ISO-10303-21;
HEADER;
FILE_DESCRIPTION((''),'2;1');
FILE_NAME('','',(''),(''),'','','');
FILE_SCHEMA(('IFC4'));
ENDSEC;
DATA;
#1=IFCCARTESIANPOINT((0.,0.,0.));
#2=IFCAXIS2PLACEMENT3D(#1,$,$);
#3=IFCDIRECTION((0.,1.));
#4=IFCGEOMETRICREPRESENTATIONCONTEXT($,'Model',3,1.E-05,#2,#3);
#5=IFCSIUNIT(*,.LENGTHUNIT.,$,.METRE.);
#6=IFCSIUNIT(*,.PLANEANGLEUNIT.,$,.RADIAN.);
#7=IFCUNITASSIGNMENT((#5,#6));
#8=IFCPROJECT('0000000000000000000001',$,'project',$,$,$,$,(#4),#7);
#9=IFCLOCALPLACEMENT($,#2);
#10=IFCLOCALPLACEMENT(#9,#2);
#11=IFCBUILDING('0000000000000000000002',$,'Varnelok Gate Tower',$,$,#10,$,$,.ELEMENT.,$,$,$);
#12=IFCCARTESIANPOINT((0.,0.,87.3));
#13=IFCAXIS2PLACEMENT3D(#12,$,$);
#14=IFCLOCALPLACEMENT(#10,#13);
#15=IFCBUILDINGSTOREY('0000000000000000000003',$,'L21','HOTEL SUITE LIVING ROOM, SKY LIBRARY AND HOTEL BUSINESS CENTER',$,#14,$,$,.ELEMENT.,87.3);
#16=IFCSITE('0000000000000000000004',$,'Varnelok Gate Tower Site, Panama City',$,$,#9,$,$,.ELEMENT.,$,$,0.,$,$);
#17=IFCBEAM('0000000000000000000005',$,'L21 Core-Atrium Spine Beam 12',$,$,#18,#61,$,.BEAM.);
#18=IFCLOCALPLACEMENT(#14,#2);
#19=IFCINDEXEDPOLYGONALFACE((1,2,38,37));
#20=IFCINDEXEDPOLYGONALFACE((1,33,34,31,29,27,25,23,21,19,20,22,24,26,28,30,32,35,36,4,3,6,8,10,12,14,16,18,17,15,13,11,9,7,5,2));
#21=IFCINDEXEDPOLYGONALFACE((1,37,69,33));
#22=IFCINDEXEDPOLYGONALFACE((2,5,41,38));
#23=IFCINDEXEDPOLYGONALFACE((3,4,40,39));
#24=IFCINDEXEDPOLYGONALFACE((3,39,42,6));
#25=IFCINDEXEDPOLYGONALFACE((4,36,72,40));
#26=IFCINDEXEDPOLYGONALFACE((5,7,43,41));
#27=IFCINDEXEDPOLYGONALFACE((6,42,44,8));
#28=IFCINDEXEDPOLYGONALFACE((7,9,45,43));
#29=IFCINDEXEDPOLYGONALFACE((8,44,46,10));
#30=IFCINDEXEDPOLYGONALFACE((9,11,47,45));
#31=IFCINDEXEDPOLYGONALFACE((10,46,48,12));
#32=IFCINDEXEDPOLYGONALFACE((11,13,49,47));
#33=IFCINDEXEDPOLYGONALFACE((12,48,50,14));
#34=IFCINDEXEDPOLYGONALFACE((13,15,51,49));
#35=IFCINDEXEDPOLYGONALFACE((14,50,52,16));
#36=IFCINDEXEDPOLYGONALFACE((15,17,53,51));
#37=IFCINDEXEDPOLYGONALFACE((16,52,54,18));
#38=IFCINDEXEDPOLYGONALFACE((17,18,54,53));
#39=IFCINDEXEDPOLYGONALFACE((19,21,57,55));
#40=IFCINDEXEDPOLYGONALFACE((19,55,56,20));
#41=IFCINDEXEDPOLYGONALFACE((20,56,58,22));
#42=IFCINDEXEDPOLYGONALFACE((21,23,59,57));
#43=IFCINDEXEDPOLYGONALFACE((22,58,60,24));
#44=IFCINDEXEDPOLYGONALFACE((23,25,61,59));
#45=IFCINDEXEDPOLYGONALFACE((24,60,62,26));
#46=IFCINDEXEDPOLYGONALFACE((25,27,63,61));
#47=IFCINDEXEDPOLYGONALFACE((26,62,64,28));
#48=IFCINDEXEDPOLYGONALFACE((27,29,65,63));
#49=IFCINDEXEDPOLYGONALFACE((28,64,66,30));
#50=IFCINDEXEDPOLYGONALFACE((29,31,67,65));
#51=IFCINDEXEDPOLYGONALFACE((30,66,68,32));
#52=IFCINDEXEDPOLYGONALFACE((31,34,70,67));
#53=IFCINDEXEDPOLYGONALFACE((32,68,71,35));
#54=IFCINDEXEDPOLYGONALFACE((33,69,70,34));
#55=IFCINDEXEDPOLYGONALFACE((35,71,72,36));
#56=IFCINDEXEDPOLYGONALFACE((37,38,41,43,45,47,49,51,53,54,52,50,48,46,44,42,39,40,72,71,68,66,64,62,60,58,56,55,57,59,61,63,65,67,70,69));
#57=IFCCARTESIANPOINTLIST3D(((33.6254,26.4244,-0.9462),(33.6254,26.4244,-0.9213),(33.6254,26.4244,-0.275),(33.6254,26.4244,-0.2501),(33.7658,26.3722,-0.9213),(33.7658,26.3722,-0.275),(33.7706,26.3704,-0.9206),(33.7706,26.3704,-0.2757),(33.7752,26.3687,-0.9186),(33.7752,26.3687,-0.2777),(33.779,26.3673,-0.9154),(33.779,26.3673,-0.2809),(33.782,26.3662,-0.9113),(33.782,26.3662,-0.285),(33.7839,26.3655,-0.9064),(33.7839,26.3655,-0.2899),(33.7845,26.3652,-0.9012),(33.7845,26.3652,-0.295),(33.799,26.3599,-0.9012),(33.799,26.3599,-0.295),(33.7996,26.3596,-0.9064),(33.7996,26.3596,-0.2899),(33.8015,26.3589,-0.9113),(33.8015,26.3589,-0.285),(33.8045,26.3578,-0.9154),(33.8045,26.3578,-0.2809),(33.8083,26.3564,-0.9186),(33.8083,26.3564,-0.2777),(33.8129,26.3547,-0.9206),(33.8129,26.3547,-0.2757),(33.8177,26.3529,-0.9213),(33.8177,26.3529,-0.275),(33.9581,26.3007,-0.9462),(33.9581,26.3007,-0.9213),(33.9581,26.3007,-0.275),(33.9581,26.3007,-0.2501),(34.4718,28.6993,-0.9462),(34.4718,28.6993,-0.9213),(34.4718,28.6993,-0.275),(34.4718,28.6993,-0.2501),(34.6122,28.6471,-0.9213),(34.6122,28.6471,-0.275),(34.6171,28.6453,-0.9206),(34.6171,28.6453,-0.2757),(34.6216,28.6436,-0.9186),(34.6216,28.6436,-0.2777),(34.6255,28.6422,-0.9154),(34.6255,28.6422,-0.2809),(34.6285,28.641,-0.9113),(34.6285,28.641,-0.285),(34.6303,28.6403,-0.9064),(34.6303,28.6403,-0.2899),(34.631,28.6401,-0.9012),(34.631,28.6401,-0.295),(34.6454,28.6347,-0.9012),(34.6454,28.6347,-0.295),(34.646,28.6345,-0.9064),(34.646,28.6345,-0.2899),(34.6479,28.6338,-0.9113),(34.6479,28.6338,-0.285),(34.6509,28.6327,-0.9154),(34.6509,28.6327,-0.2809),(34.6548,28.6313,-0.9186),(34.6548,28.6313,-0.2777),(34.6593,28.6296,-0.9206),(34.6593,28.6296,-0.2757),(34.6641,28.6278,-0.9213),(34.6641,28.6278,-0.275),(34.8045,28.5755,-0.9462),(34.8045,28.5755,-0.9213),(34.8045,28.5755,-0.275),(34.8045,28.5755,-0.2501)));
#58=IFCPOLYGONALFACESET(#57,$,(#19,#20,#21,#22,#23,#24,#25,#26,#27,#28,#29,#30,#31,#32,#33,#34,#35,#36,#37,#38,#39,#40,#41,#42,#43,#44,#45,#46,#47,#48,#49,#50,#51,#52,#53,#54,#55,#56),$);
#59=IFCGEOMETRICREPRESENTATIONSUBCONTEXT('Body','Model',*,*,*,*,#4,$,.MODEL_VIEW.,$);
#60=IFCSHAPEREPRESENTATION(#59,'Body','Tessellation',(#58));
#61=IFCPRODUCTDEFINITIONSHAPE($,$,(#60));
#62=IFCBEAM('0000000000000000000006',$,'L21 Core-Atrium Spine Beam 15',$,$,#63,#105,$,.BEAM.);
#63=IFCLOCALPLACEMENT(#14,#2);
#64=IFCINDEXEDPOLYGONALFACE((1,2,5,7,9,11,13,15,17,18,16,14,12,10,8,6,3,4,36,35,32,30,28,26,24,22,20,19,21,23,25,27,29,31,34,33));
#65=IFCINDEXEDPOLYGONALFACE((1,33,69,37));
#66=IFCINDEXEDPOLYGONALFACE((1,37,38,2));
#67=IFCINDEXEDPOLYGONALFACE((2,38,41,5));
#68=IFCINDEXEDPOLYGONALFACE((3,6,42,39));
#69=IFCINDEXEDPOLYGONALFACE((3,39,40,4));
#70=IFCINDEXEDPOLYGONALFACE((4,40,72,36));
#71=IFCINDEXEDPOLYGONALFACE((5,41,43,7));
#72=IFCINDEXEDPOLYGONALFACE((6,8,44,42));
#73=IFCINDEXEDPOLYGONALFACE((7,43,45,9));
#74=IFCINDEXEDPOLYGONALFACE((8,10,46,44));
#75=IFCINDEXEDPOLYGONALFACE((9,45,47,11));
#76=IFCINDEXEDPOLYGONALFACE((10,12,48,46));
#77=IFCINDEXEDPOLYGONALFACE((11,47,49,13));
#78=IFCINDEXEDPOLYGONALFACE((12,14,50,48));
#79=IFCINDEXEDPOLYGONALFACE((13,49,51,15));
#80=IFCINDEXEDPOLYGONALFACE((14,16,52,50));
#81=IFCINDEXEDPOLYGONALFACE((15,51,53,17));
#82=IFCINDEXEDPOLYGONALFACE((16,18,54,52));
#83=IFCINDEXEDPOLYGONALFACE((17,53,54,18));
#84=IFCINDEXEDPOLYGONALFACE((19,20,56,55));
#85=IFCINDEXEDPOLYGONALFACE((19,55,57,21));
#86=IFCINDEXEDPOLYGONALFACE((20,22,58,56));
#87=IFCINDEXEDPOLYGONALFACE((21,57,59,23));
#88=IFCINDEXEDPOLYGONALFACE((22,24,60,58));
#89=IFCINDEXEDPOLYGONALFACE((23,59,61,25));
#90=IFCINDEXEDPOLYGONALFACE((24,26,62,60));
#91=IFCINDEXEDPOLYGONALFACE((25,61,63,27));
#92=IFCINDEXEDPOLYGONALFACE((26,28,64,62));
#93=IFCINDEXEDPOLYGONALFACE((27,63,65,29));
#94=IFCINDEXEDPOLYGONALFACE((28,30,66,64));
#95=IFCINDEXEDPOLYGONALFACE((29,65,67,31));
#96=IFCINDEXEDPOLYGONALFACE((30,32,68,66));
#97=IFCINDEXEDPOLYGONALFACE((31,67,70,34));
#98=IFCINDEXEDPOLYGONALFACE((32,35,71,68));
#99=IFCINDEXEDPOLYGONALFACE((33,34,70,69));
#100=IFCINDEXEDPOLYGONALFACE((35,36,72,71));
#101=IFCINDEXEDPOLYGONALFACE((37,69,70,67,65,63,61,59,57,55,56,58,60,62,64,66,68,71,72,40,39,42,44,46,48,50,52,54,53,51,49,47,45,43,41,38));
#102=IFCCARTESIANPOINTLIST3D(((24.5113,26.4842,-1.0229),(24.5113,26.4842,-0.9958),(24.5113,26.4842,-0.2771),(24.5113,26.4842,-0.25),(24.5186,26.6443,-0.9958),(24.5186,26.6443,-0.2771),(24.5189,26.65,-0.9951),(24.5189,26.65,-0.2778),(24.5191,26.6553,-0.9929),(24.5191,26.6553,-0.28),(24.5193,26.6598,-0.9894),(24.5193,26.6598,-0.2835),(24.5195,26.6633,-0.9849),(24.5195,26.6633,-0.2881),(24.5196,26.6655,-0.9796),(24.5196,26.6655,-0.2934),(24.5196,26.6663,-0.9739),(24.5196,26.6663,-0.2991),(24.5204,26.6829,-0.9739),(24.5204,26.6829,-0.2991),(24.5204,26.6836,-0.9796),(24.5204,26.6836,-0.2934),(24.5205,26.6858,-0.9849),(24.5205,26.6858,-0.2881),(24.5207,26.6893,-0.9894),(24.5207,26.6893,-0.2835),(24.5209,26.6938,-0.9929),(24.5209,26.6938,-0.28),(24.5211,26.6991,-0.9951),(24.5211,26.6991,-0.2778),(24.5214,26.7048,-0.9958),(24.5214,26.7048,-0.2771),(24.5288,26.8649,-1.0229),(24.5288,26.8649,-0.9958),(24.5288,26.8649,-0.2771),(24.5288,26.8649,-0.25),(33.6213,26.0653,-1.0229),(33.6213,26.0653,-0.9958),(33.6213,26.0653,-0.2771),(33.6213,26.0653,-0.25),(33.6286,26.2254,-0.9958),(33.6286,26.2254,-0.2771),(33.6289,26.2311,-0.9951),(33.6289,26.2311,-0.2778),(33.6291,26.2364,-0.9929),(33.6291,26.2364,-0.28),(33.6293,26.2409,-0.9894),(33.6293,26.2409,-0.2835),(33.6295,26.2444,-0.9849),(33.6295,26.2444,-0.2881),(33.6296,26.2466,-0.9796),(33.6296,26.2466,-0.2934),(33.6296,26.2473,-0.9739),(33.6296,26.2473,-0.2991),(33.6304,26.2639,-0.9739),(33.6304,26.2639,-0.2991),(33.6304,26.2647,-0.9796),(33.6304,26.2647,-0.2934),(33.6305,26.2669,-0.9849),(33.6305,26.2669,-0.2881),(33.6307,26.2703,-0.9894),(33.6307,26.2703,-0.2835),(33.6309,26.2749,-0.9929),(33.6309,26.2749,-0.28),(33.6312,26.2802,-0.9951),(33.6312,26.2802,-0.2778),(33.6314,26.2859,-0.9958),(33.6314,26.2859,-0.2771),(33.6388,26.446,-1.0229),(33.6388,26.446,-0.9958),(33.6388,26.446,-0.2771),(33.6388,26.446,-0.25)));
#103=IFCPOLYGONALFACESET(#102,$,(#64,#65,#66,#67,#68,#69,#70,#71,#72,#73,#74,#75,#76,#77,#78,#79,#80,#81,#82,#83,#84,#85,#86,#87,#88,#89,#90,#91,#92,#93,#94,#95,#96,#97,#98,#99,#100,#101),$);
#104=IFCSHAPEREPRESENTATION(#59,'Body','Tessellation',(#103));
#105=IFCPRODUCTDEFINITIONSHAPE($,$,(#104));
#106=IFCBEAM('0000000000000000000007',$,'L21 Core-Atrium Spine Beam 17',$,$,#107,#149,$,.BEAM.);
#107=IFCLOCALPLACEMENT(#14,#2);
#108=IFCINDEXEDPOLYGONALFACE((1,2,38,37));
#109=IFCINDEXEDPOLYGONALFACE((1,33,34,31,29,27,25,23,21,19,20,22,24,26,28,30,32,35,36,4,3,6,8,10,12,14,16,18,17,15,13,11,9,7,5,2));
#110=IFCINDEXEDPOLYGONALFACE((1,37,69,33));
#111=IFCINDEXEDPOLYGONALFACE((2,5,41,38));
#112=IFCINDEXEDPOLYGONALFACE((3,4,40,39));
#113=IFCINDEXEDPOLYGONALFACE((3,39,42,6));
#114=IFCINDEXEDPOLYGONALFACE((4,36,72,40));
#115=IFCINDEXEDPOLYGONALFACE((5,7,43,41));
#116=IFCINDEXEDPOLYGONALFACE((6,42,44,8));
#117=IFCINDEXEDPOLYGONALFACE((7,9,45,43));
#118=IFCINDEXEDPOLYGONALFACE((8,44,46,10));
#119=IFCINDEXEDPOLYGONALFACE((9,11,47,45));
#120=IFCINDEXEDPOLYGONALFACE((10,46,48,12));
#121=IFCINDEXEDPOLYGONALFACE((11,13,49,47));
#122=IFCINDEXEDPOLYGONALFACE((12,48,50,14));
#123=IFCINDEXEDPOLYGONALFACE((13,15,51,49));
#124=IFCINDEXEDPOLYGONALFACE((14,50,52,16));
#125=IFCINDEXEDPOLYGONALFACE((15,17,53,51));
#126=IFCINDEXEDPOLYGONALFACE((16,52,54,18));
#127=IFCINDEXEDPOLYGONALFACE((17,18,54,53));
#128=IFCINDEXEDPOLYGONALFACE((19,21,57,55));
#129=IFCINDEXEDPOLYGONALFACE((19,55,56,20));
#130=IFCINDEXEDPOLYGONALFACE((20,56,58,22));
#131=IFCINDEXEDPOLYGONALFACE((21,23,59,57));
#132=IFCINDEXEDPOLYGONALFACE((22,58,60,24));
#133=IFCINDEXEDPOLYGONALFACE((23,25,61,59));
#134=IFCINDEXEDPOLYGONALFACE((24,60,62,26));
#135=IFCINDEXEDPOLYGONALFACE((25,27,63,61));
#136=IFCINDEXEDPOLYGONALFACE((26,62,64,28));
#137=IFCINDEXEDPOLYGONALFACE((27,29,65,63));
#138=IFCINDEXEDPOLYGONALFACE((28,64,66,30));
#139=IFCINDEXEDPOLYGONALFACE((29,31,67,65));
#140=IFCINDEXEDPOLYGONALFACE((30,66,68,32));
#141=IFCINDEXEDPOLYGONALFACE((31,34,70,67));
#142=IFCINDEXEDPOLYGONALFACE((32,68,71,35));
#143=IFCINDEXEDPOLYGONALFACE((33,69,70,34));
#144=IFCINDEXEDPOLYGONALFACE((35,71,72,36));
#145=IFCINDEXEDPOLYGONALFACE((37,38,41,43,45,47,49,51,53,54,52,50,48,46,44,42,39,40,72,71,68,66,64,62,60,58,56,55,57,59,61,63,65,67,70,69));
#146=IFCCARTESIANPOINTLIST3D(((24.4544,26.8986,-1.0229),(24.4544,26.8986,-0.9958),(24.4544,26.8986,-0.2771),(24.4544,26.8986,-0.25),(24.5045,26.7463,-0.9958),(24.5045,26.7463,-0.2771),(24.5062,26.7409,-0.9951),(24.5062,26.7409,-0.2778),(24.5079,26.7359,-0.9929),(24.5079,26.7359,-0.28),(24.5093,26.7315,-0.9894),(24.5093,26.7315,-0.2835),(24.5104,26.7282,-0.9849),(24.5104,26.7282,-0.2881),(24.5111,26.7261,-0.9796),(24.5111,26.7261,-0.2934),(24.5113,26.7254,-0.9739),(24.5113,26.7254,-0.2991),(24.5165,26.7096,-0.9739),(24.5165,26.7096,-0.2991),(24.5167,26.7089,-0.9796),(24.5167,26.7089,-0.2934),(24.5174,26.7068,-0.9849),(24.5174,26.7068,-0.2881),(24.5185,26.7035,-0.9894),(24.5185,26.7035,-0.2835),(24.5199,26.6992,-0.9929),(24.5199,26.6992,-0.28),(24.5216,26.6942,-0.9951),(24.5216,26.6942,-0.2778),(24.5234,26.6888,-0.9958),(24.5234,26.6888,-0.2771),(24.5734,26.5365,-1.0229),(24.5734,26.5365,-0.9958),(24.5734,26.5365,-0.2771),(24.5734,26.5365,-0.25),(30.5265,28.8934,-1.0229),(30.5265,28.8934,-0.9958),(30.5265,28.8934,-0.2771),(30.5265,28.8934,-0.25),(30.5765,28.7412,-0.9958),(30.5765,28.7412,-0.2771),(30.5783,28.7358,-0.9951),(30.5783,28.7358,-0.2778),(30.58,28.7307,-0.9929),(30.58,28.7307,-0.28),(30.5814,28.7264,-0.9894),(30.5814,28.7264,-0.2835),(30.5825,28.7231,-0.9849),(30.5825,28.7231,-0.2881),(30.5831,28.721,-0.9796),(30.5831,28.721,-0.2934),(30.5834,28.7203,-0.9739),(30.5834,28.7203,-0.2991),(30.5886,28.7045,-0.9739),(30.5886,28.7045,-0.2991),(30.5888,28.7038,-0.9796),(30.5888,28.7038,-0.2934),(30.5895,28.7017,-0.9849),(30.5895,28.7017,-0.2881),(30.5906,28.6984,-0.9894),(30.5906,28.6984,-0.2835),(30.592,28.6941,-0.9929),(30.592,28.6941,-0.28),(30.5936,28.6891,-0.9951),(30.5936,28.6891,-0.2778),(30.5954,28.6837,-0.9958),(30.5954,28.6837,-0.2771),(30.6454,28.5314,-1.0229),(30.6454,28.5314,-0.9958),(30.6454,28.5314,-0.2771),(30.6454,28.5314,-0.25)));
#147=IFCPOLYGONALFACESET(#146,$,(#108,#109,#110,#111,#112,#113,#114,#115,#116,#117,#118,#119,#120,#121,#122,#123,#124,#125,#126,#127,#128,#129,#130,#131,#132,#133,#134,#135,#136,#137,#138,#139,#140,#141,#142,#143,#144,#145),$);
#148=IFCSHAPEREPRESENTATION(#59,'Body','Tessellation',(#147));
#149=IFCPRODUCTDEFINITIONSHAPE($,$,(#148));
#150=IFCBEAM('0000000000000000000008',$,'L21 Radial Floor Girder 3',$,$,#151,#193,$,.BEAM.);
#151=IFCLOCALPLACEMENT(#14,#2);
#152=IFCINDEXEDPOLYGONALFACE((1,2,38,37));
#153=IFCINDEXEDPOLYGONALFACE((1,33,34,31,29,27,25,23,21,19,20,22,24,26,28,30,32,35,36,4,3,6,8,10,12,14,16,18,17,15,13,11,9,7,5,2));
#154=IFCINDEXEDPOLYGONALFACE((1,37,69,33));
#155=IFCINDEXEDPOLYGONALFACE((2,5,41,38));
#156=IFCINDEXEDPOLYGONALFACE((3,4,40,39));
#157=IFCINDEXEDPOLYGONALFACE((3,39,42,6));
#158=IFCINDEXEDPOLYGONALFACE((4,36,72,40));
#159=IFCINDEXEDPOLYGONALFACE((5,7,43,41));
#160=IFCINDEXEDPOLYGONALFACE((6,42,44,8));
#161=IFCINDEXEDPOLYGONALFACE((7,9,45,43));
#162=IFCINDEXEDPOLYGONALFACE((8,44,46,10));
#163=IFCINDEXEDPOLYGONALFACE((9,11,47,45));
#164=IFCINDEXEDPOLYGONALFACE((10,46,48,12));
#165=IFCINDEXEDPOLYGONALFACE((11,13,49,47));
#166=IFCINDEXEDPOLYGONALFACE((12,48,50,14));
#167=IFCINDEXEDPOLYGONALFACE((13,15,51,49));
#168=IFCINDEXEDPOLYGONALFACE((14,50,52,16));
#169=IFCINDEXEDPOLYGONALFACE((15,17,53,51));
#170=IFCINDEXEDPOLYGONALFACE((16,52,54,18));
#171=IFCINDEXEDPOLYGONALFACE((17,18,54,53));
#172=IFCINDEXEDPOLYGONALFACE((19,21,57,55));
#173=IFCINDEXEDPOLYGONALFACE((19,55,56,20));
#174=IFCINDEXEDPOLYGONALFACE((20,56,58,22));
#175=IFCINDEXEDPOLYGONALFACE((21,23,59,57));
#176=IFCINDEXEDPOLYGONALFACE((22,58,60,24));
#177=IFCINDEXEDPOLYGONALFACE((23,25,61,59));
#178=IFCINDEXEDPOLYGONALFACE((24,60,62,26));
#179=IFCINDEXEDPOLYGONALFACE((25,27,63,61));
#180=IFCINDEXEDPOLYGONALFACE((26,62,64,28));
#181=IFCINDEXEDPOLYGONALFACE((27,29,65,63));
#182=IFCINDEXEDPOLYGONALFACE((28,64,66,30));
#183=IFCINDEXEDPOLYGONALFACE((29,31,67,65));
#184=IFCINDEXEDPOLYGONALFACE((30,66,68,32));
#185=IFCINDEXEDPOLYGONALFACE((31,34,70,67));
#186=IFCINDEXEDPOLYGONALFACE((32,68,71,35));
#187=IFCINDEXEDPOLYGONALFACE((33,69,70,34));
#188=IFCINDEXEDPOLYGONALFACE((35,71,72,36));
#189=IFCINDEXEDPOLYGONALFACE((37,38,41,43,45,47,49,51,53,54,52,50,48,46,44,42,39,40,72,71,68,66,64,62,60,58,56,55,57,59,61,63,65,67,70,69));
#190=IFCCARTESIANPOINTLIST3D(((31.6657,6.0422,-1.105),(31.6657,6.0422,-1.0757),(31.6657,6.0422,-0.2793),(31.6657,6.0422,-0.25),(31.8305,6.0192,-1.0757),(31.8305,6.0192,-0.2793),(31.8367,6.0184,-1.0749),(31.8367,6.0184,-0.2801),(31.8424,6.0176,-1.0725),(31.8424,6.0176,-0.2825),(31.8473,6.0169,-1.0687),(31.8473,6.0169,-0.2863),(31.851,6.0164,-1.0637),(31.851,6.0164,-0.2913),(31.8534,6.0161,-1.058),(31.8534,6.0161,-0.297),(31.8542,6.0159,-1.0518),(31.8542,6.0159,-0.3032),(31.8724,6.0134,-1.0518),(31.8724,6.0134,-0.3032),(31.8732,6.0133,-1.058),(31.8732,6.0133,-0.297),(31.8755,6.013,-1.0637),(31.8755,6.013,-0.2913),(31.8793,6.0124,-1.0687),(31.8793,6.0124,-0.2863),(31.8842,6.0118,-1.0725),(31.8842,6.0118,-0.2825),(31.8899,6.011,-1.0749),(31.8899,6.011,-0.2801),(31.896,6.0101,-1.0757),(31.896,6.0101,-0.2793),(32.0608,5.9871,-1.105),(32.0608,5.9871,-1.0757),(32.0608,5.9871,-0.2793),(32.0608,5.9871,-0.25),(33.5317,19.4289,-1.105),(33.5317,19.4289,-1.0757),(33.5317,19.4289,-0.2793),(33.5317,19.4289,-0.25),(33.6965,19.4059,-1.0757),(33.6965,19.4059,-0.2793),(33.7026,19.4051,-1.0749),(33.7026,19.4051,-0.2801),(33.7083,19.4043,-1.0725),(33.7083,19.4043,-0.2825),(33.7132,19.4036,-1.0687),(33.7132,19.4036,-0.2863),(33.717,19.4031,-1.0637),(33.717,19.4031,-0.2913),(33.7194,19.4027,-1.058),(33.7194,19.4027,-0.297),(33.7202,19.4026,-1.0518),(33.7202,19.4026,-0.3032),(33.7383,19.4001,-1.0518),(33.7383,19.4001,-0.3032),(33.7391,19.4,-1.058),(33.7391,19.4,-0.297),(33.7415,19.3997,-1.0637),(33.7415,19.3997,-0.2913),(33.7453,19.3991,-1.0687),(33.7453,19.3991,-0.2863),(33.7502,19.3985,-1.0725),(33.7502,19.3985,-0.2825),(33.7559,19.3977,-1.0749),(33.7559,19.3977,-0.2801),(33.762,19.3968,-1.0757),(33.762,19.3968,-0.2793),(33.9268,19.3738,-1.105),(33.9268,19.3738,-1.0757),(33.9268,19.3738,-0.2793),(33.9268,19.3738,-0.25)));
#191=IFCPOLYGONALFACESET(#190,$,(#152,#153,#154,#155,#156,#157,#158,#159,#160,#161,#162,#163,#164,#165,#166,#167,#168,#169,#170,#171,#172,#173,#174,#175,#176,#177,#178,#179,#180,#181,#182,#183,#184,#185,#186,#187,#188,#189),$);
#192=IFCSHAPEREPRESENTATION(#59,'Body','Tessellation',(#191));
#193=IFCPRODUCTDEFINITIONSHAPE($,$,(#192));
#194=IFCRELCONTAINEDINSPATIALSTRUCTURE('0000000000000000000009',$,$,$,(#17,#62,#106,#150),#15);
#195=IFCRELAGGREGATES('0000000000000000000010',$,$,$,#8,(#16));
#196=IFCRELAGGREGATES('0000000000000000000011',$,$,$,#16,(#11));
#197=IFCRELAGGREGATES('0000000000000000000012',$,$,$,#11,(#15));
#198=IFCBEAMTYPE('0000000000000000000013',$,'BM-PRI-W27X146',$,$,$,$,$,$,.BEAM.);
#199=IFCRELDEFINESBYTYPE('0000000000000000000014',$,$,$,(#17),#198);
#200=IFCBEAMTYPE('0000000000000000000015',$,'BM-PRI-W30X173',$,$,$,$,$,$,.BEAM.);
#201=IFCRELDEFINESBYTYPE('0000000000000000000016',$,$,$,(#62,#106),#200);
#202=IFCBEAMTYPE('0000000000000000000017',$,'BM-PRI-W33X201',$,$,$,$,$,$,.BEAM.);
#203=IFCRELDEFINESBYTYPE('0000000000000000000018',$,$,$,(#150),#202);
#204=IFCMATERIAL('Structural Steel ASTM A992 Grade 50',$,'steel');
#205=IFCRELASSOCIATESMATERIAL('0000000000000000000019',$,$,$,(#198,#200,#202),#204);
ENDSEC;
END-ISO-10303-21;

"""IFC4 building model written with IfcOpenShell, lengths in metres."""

from ifc_helpers import new_model, si_unit, direction, frame, origin, origin_2d, place, context, subcontext, project, spatial, i_section, extrude, material, material_profile, profile_set, type_object, element, save


model = new_model("IFC4")

# Units and contexts
model_context = context("Model", 3, precision=1e-05, world=origin(), true_north=direction((0.0, 1.0)))
body_context = subcontext(model_context, "Body", "Model", "MODEL_VIEW")
ifc_project = project(units=[si_unit("LENGTHUNIT", "METRE"), si_unit("PLANEANGLEUNIT", "RADIAN")], contexts=[model_context])

# Site, building, storey
site_placement = place(None, origin())
site = spatial("IfcSite", under=ifc_project, at=site_placement, Name="Varnelok Gate Tower Site, Panama City", CompositionType="ELEMENT", RefElevation=0.0)
building_placement = place(site_placement, origin())
building = spatial("IfcBuilding", under=site, at=building_placement, Name="Varnelok Gate Tower", CompositionType="ELEMENT")
storey_placement = place(building_placement, frame((0.0, 0.0, 87.3)))
storey = spatial("IfcBuildingStorey", under=building, at=storey_placement, Name="L21", Description="HOTEL SUITE LIVING ROOM, SKY LIBRARY AND HOTEL BUSINESS CENTER", CompositionType="ELEMENT", Elevation=87.3)

# Shared definitions
ifc_material_1 = material(Name="Structural Steel ASTM A992 Grade 50", Category="steel")

# Beams
ifc_material_profile_1 = material_profile(ifc_material_1, i_section(OverallWidth=0.355, OverallDepth=0.696, WebThickness=0.0154, FlangeThickness=0.0249, FilletRadius=0.02, at=origin_2d()), Name="W27X146")
ifc_profile_set_1 = profile_set([ifc_material_profile_1], Name="Structural Steel ASTM A992 Grade 50")
beam_type_1 = type_object("IfcBeamType", Name="BM-PRI-W27X146", PredefinedType="BEAM", material=ifc_profile_set_1)
beam_1_placement = place(storey_placement, frame((33.7917, 26.3625, -0.5981), z_axis=(0.348719, 0.937227, 0.0), x_axis=(-0.937227, 0.348719, 0.0)))
element("IfcBeam", 1, at=beam_1_placement, inside=storey, type_object=beam_type_1, Name="L21 Core-Atrium Spine Beam 12", PredefinedType="BEAM", context=body_context, shape_type="SweptSolid", body=[
    extrude(i_section(OverallWidth=0.355, OverallDepth=0.696, WebThickness=0.0154, FlangeThickness=0.0249, FilletRadius=0.02, at=origin_2d()), origin(), (0.0, 0.0, 1.0), 2.4272),
])
ifc_material_profile_2 = material_profile(ifc_material_1, i_section(OverallWidth=0.3811, OverallDepth=0.7729, WebThickness=0.0166, FlangeThickness=0.0271, FilletRadius=0.022, at=origin_2d()), Name="W30X173")
ifc_profile_set_2 = profile_set([ifc_material_profile_2], Name="Structural Steel ASTM A992 Grade 50")
beam_type_2 = type_object("IfcBeamType", Name="BM-PRI-W30X173", PredefinedType="BEAM", material=ifc_profile_set_2)
beam_2_placement = place(storey_placement, frame((24.52, 26.6746, -0.6365), z_axis=(0.998944, -0.045938, 0.0), x_axis=(0.045938, 0.998944, 0.0)))
element("IfcBeam", 2, at=beam_2_placement, inside=storey, type_object=beam_type_2, Name="L21 Core-Atrium Spine Beam 15", PredefinedType="BEAM", context=body_context, shape_type="SweptSolid", body=[
    extrude(i_section(OverallWidth=0.3811, OverallDepth=0.7729, WebThickness=0.0166, FlangeThickness=0.0271, FilletRadius=0.022, at=origin_2d()), origin(), (0.0, 0.0, 1.0), 9.1196),
])
beam_3_placement = place(storey_placement, frame((24.5139, 26.7175, -0.6365), z_axis=(0.950042, 0.312122, 0.0), x_axis=(-0.312122, 0.950042, 0.0)))
element("IfcBeam", 3, at=beam_3_placement, inside=storey, type_object=beam_type_2, Name="L21 Core-Atrium Spine Beam 17", PredefinedType="BEAM", context=body_context, shape_type="SweptSolid", body=[
    extrude(i_section(OverallWidth=0.3811, OverallDepth=0.7729, WebThickness=0.0166, FlangeThickness=0.0271, FilletRadius=0.022, at=origin_2d()), origin(), (0.0, 0.0, 1.0), 6.3914),
])
ifc_material_profile_3 = material_profile(ifc_material_1, i_section(OverallWidth=0.3989, OverallDepth=0.855, WebThickness=0.0183, FlangeThickness=0.0293, FilletRadius=0.0239, at=origin_2d()), Name="W33X201")
ifc_profile_set_3 = profile_set([ifc_material_profile_3], Name="Structural Steel ASTM A992 Grade 50")
beam_type_3 = type_object("IfcBeamType", Name="BM-PRI-W33X201", PredefinedType="BEAM", material=ifc_profile_set_3)
beam_4_placement = place(storey_placement, frame((33.7292, 19.4014, -0.6775), z_axis=(-0.138055, -0.990425, 0.0), x_axis=(0.990425, -0.138055, 0.0)))
element("IfcBeam", 4, at=beam_4_placement, inside=storey, type_object=beam_type_3, Name="L21 Radial Floor Girder 3", PredefinedType="BEAM", context=body_context, shape_type="SweptSolid", body=[
    extrude(i_section(OverallWidth=0.3989, OverallDepth=0.855, WebThickness=0.0183, FlangeThickness=0.0293, FilletRadius=0.0239, at=origin_2d()), origin(), (0.0, 0.0, 1.0), 13.5161),
])

save(model, "model.ifc")
